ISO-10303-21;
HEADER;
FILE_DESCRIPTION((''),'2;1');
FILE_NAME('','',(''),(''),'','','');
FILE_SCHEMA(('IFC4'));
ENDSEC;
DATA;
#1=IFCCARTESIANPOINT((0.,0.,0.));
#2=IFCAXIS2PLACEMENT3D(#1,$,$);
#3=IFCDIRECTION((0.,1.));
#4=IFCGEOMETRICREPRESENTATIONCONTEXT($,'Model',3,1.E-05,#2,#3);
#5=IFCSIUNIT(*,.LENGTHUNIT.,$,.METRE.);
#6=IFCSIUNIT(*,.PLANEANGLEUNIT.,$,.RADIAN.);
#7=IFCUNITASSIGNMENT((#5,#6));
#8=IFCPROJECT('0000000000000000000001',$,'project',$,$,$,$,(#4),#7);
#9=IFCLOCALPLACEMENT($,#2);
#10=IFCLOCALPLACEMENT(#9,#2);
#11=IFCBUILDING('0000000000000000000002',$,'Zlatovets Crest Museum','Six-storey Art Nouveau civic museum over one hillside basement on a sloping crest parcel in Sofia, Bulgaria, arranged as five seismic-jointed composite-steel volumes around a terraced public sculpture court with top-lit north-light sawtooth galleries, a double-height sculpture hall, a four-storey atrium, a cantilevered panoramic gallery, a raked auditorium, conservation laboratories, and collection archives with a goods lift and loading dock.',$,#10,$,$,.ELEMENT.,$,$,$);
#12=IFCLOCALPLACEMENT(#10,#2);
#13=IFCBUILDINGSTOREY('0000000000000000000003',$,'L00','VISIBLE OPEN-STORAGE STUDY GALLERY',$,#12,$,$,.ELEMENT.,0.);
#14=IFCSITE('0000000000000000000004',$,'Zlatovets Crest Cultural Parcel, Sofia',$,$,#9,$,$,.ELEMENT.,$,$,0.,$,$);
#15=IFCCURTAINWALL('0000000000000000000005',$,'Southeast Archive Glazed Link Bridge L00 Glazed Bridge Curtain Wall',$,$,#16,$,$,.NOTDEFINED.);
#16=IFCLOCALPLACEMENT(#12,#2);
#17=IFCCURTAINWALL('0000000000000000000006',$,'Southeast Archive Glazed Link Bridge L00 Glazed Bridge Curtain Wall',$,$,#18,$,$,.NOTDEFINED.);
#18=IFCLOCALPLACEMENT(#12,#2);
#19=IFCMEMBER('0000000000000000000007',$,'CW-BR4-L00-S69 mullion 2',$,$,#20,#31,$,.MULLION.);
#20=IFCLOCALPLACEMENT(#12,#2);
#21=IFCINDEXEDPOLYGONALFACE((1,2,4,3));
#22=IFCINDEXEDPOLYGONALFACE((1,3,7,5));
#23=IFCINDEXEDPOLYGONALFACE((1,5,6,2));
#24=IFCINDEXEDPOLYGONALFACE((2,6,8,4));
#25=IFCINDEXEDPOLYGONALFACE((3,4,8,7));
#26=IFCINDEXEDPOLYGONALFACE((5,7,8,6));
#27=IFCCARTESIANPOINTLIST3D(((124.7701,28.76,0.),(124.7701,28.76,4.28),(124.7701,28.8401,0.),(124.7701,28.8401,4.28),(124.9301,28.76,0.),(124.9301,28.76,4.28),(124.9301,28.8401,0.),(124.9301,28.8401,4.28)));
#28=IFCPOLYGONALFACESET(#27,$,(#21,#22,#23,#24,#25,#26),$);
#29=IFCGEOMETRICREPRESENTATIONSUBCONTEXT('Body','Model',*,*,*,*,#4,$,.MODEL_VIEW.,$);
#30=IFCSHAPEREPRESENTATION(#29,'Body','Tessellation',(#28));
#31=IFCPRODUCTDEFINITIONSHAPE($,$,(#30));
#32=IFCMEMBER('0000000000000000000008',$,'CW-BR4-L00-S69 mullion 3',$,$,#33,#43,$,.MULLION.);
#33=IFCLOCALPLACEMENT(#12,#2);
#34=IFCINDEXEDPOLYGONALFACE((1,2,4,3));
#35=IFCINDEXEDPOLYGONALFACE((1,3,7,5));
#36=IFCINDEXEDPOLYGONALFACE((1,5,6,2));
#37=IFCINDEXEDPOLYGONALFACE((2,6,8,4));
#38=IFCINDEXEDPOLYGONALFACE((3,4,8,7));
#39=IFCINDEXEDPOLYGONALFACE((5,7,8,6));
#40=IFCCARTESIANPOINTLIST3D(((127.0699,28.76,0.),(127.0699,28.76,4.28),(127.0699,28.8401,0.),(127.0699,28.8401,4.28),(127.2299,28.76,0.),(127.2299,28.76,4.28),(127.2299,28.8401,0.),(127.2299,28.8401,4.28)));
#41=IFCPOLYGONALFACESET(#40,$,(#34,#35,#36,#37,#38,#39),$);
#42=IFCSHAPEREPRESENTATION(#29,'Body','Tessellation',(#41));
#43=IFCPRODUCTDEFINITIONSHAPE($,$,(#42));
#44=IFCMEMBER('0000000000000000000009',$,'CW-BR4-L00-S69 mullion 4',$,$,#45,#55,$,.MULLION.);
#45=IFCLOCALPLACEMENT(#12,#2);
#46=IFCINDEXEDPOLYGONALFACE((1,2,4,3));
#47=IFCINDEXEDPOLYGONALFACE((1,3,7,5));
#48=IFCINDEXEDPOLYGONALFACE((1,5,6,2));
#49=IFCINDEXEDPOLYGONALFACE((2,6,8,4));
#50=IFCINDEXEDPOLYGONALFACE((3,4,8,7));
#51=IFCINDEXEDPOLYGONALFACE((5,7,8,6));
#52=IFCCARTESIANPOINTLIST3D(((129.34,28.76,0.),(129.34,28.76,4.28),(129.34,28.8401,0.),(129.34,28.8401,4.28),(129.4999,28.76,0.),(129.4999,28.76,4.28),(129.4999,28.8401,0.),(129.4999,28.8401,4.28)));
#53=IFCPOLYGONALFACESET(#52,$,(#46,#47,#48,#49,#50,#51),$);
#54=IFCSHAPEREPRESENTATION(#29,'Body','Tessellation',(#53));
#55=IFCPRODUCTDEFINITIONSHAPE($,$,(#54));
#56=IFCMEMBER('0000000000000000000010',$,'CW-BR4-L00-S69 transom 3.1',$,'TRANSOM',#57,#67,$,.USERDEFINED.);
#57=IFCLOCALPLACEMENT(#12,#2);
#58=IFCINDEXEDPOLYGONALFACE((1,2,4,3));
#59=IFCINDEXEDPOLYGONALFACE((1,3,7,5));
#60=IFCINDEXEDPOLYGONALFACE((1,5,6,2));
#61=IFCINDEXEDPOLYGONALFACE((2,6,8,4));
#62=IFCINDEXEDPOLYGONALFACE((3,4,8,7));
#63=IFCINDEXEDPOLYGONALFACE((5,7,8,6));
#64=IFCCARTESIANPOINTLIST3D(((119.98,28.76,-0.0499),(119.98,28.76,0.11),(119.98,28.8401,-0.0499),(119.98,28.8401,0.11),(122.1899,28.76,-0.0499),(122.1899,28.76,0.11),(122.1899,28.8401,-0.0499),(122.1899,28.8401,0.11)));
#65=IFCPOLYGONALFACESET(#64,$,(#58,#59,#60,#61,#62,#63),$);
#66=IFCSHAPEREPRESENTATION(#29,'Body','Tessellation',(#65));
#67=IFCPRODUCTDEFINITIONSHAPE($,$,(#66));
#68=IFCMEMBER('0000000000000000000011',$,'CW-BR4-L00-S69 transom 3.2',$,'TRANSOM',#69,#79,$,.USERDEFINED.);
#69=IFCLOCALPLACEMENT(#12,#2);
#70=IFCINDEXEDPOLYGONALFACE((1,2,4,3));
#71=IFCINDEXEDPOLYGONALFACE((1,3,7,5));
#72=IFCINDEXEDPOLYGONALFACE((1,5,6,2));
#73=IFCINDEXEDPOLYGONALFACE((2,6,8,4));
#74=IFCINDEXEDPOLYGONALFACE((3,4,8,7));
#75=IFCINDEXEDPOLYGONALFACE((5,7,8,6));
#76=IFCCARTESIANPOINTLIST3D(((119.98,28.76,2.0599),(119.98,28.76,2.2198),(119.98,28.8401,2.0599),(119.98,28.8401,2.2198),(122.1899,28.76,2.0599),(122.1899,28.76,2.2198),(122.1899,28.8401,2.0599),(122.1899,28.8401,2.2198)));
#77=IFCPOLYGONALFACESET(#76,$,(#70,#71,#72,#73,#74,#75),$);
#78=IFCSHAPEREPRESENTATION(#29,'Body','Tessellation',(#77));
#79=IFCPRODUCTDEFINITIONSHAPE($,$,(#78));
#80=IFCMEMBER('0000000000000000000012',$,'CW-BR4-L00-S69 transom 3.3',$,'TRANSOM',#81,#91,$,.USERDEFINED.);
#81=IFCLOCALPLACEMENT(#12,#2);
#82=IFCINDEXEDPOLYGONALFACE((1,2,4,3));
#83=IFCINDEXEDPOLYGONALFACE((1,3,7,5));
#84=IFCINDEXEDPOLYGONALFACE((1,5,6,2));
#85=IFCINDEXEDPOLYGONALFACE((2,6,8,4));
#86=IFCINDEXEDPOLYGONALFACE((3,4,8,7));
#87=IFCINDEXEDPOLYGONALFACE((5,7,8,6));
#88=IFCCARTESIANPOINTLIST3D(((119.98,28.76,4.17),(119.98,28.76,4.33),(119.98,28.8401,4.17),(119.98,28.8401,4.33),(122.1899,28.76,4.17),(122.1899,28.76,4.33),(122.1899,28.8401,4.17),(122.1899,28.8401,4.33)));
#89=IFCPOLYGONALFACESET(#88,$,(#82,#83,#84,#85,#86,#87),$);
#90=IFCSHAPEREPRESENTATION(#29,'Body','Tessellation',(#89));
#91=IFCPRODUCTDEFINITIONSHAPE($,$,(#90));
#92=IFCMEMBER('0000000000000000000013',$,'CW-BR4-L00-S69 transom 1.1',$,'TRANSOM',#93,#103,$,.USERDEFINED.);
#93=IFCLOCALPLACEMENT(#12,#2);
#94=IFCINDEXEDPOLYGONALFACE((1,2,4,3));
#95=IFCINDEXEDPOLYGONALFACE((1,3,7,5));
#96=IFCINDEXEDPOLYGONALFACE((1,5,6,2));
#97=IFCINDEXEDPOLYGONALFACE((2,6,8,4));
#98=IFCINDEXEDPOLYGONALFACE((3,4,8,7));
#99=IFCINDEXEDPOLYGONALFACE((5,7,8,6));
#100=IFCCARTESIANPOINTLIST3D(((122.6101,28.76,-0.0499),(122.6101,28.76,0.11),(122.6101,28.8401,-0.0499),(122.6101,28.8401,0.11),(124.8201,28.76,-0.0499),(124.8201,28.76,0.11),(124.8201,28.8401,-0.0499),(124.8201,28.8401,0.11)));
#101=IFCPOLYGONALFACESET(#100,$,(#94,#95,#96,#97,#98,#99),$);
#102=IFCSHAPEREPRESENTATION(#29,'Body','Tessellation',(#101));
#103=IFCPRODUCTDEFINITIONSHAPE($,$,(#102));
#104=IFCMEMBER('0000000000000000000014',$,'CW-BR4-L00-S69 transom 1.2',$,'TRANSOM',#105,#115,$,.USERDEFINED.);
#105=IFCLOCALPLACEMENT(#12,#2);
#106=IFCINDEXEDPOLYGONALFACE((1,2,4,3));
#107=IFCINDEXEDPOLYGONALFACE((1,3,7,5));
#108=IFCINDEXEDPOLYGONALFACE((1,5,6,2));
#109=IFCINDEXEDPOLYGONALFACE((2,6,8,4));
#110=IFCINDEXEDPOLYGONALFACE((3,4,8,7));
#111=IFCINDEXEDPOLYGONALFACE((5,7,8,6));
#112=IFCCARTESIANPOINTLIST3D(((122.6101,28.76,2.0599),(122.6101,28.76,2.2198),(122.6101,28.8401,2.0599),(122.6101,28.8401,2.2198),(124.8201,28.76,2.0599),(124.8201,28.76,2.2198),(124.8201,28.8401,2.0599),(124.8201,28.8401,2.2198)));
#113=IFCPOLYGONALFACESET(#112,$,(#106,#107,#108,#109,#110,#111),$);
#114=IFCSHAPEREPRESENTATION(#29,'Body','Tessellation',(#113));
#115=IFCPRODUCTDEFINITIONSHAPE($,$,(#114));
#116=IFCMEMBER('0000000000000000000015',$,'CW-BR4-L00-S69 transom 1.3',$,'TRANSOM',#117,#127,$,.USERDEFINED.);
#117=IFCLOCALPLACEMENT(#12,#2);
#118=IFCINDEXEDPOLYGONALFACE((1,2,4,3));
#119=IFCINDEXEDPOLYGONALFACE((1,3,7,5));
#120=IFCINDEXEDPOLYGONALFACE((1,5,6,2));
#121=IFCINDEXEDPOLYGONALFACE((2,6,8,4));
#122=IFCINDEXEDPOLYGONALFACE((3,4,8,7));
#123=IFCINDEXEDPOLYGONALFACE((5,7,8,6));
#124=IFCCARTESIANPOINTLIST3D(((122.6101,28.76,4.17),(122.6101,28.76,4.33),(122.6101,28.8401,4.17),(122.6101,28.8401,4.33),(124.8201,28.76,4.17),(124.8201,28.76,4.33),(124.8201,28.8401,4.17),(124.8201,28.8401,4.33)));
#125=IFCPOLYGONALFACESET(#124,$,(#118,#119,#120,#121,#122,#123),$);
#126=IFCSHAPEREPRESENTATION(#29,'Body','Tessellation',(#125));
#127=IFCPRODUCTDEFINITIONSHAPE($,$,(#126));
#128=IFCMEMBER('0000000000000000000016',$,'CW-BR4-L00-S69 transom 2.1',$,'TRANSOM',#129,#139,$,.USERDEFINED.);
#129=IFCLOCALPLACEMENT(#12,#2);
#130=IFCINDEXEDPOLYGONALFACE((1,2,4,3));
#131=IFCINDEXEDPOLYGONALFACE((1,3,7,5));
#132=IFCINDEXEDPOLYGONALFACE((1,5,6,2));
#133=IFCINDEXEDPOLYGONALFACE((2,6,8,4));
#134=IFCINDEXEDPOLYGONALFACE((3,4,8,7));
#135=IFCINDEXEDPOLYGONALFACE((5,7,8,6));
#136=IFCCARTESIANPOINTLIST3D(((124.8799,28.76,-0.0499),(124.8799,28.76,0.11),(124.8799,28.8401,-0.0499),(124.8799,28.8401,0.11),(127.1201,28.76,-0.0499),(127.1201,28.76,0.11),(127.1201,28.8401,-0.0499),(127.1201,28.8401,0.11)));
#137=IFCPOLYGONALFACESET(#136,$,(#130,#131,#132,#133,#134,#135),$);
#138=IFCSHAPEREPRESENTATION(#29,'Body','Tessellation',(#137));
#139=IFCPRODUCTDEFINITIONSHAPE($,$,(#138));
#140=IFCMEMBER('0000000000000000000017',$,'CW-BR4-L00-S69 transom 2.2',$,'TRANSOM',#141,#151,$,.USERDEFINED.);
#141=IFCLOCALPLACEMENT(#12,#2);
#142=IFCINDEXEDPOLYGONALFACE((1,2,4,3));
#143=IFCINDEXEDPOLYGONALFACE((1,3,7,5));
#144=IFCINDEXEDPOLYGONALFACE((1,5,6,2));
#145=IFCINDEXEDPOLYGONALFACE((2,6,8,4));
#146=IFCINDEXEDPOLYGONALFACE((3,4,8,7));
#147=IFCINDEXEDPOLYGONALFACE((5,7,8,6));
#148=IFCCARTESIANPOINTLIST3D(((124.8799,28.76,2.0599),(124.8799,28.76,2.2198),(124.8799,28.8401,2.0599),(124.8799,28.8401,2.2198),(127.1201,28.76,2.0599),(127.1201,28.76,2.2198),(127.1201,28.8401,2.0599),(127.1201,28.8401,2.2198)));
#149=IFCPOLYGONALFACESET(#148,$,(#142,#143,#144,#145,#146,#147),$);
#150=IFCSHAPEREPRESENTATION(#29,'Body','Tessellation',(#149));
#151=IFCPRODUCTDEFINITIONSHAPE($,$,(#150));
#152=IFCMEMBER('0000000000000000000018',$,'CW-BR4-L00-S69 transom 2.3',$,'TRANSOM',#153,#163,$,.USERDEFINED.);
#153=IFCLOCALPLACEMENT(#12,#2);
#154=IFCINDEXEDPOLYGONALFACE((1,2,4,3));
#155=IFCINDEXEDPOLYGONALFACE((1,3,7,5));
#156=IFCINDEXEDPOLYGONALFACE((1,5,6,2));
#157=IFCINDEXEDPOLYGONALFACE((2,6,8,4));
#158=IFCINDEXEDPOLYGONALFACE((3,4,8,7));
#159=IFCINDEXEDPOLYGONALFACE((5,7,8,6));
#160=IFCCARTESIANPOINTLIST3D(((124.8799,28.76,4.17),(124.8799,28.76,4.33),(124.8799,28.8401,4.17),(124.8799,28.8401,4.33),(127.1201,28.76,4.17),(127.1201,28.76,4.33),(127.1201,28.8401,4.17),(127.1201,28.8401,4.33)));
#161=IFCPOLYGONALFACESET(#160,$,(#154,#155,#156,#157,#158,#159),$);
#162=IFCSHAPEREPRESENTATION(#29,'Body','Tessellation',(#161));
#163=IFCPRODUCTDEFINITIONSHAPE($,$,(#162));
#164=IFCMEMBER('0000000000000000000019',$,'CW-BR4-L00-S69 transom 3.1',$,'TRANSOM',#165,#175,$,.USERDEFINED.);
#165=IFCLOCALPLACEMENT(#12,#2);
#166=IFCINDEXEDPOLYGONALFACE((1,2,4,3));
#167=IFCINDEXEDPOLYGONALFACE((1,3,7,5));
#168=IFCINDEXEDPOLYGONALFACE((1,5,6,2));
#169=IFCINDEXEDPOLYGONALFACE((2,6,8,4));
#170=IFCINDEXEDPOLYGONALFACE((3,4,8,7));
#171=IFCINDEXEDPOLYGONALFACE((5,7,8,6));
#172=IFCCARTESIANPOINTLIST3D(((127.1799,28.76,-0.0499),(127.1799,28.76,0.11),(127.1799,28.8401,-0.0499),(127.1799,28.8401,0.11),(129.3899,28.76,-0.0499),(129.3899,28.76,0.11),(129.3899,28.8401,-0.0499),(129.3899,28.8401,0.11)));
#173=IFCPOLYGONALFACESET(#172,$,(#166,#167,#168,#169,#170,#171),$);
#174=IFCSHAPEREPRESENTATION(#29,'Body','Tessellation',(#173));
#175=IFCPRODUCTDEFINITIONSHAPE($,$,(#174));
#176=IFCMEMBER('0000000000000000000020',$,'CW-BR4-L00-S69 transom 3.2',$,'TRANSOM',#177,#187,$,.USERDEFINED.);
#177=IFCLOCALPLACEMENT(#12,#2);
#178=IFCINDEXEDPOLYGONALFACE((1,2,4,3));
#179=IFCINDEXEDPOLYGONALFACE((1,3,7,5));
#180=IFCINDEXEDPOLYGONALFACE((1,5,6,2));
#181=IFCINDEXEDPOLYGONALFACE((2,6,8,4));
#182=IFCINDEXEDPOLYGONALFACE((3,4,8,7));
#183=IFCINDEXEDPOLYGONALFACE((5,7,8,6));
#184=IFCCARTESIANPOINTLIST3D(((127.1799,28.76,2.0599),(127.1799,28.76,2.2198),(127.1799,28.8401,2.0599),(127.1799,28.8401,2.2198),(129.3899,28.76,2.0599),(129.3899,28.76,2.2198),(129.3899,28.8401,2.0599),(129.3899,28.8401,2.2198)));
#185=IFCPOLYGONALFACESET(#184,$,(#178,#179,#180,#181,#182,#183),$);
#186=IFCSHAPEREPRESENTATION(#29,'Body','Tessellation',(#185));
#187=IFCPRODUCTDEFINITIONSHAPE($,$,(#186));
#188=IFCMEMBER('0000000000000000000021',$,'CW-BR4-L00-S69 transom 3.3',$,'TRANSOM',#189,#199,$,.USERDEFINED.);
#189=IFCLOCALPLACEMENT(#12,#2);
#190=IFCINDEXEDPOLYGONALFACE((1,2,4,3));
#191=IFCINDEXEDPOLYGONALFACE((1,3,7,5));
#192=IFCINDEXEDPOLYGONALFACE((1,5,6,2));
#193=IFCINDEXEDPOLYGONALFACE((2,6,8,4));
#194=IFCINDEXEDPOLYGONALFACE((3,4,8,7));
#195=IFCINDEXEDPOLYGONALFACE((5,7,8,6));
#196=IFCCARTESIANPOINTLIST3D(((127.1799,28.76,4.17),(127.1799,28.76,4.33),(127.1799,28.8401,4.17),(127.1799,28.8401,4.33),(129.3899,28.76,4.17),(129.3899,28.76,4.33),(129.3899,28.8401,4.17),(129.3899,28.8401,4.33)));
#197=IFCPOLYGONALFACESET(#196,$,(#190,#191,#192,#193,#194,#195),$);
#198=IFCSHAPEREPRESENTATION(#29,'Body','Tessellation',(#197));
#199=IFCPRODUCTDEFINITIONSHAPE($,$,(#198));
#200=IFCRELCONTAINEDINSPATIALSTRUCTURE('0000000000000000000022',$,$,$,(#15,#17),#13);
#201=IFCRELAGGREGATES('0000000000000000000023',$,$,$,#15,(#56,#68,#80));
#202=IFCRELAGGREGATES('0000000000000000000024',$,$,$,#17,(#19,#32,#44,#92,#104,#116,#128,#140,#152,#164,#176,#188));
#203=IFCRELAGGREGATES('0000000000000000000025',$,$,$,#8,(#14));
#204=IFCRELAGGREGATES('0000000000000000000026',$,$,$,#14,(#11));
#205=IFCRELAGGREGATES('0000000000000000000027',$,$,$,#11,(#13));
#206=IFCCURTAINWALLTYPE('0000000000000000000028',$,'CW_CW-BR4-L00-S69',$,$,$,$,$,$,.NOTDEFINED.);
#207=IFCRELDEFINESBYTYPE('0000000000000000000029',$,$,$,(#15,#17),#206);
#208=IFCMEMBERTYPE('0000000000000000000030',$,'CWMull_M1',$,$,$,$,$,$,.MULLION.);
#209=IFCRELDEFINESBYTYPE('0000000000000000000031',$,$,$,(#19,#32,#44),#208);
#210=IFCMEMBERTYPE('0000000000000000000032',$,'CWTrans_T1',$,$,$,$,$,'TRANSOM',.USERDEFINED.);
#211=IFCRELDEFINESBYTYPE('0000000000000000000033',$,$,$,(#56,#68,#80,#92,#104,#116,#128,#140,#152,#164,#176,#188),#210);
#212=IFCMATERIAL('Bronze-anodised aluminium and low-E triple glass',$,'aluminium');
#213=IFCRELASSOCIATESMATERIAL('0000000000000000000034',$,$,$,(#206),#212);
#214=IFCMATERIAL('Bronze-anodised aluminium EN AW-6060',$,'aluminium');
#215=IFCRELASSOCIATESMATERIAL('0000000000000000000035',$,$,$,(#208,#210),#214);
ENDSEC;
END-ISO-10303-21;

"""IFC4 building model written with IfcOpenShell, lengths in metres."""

from ifc_helpers import new_model, si_unit, direction, frame, origin, origin_2d, place, context, subcontext, project, spatial, rectangle, extrude, material, material_profile, profile_set, type_object, element, aggregate, save


model = new_model("IFC4")

# Units and contexts
model_context = context("Model", 3, precision=1e-05, world=origin(), true_north=direction((0.0, 1.0)))
body_context = subcontext(model_context, "Body", "Model", "MODEL_VIEW")
ifc_project = project(units=[si_unit("LENGTHUNIT", "METRE"), si_unit("PLANEANGLEUNIT", "RADIAN")], contexts=[model_context])

# Site, building, storey
site_placement = place(None, origin())
site = spatial("IfcSite", under=ifc_project, at=site_placement, Name="Zlatovets Crest Cultural Parcel, Sofia", CompositionType="ELEMENT", RefElevation=0.0)
building_placement = place(site_placement, origin())
building = spatial("IfcBuilding", under=site, at=building_placement, Name="Zlatovets Crest Museum", Description="Six-storey Art Nouveau civic museum over one hillside basement on a sloping crest parcel in Sofia, Bulgaria, arranged as five seismic-jointed composite-steel volumes around a terraced public sculpture court with top-lit north-light sawtooth galleries, a double-height sculpture hall, a four-storey atrium, a cantilevered panoramic gallery, a raked auditorium, conservation laboratories, and collection archives with a goods lift and loading dock.", CompositionType="ELEMENT")
storey_placement = place(building_placement, origin())
storey = spatial("IfcBuildingStorey", under=building, at=storey_placement, Name="L00", Description="VISIBLE OPEN-STORAGE STUDY GALLERY", CompositionType="ELEMENT", Elevation=0.0)

# Curtain wall
ifc_material_1 = material(Name="Bronze-anodised aluminium and low-E triple glass", Category="aluminium")
curtain_wall_type = type_object("IfcCurtainWallType", Name="CW_CW-BR4-L00-S69", PredefinedType="NOTDEFINED", material=ifc_material_1)
curtain_wall_1_placement = place(storey_placement, origin())
curtain_wall_1 = element("IfcCurtainWall", 1, at=curtain_wall_1_placement, inside=storey, type_object=curtain_wall_type, Name="Southeast Archive Glazed Link Bridge L00 Glazed Bridge Curtain Wall", PredefinedType="NOTDEFINED")
ifc_material_2 = material(Name="Bronze-anodised aluminium EN AW-6060", Category="aluminium")
ifc_material_profile_1 = material_profile(ifc_material_2, rectangle(XDim=0.0801, YDim=0.1599, at=origin_2d()), Name="ALU 80x160")
ifc_profile_set_1 = profile_set([ifc_material_profile_1], Name="Bronze-anodised aluminium EN AW-6060")
member_type_1 = type_object("IfcMemberType", Name="CWMull_M1", PredefinedType="MULLION", material=ifc_profile_set_1)

# Curtain wall, members
curtain_wall_2_placement = place(storey_placement, origin())
curtain_wall_2 = element("IfcCurtainWall", 2, at=curtain_wall_2_placement, inside=storey, type_object=curtain_wall_type, Name="Southeast Archive Glazed Link Bridge L00 Glazed Bridge Curtain Wall", PredefinedType="NOTDEFINED")
member_1_placement = place(storey_placement, frame((124.8501, 28.8, 0.0), z_axis=(0.0, 0.0, 1.0), x_axis=(0.0, 1.0, 0.0)))
member_1 = element("IfcMember", 3, at=member_1_placement, type_object=member_type_1, Name="CW-BR4-L00-S69 mullion 2", PredefinedType="MULLION", context=body_context, shape_type="SweptSolid", body=[
    extrude(rectangle(XDim=0.0801, YDim=0.1599, at=origin_2d()), origin(), (0.0, 0.0, 1.0), 4.28),
])
member_2_placement = place(storey_placement, frame((127.1499, 28.8, 0.0), z_axis=(0.0, 0.0, 1.0), x_axis=(0.0, 1.0, 0.0)))
member_2 = element("IfcMember", 4, at=member_2_placement, type_object=member_type_1, Name="CW-BR4-L00-S69 mullion 3", PredefinedType="MULLION", context=body_context, shape_type="SweptSolid", body=[
    extrude(rectangle(XDim=0.0801, YDim=0.1599, at=origin_2d()), origin(), (0.0, 0.0, 1.0), 4.28),
])
member_3_placement = place(storey_placement, frame((129.4199, 28.8, 0.0), z_axis=(0.0, 0.0, 1.0), x_axis=(0.0, 1.0, 0.0)))
member_3 = element("IfcMember", 5, at=member_3_placement, type_object=member_type_1, Name="CW-BR4-L00-S69 mullion 4", PredefinedType="MULLION", context=body_context, shape_type="SweptSolid", body=[
    extrude(rectangle(XDim=0.0801, YDim=0.1599, at=origin_2d()), origin(), (0.0, 0.0, 1.0), 4.28),
])

# Members
ifc_material_profile_2 = material_profile(ifc_material_2, rectangle(XDim=0.0801, YDim=0.1599, at=origin_2d()), Name="ALU 80x160")
ifc_profile_set_2 = profile_set([ifc_material_profile_2], Name="Bronze-anodised aluminium EN AW-6060")
member_type_2 = type_object("IfcMemberType", Name="CWTrans_T1", ElementType="TRANSOM", PredefinedType="USERDEFINED", material=ifc_profile_set_2)
member_4_placement = place(storey_placement, frame((119.98, 28.8, 0.03), z_axis=(1.0, 0.0, 0.0), x_axis=(0.0, 1.0, 0.0)))
member_4 = element("IfcMember", 6, at=member_4_placement, type_object=member_type_2, Name="CW-BR4-L00-S69 transom 3.1", ObjectType="TRANSOM", PredefinedType="USERDEFINED", context=body_context, shape_type="SweptSolid", body=[
    extrude(rectangle(XDim=0.0801, YDim=0.1599, at=origin_2d()), origin(), (0.0, 0.0, 1.0), 2.21),
])
member_5_placement = place(storey_placement, frame((119.98, 28.8, 2.1399), z_axis=(1.0, 0.0, 0.0), x_axis=(0.0, 1.0, 0.0)))
member_5 = element("IfcMember", 7, at=member_5_placement, type_object=member_type_2, Name="CW-BR4-L00-S69 transom 3.2", ObjectType="TRANSOM", PredefinedType="USERDEFINED", context=body_context, shape_type="SweptSolid", body=[
    extrude(rectangle(XDim=0.0801, YDim=0.1599, at=origin_2d()), origin(), (0.0, 0.0, 1.0), 2.21),
])
member_6_placement = place(storey_placement, frame((119.98, 28.8, 4.25), z_axis=(1.0, 0.0, 0.0), x_axis=(0.0, 1.0, 0.0)))
member_6 = element("IfcMember", 8, at=member_6_placement, type_object=member_type_2, Name="CW-BR4-L00-S69 transom 3.3", ObjectType="TRANSOM", PredefinedType="USERDEFINED", context=body_context, shape_type="SweptSolid", body=[
    extrude(rectangle(XDim=0.0801, YDim=0.1599, at=origin_2d()), origin(), (0.0, 0.0, 1.0), 2.21),
])
member_7_placement = place(storey_placement, frame((122.6101, 28.8, 0.03), z_axis=(1.0, 0.0, 0.0), x_axis=(0.0, 1.0, 0.0)))
member_7 = element("IfcMember", 9, at=member_7_placement, type_object=member_type_2, Name="CW-BR4-L00-S69 transom 1.1", ObjectType="TRANSOM", PredefinedType="USERDEFINED", context=body_context, shape_type="SweptSolid", body=[
    extrude(rectangle(XDim=0.0801, YDim=0.1599, at=origin_2d()), origin(), (0.0, 0.0, 1.0), 2.21),
])
member_8_placement = place(storey_placement, frame((122.6101, 28.8, 2.1399), z_axis=(1.0, 0.0, 0.0), x_axis=(0.0, 1.0, 0.0)))
member_8 = element("IfcMember", 10, at=member_8_placement, type_object=member_type_2, Name="CW-BR4-L00-S69 transom 1.2", ObjectType="TRANSOM", PredefinedType="USERDEFINED", context=body_context, shape_type="SweptSolid", body=[
    extrude(rectangle(XDim=0.0801, YDim=0.1599, at=origin_2d()), origin(), (0.0, 0.0, 1.0), 2.21),
])
member_9_placement = place(storey_placement, frame((122.6101, 28.8, 4.25), z_axis=(1.0, 0.0, 0.0), x_axis=(0.0, 1.0, 0.0)))
member_9 = element("IfcMember", 11, at=member_9_placement, type_object=member_type_2, Name="CW-BR4-L00-S69 transom 1.3", ObjectType="TRANSOM", PredefinedType="USERDEFINED", context=body_context, shape_type="SweptSolid", body=[
    extrude(rectangle(XDim=0.0801, YDim=0.1599, at=origin_2d()), origin(), (0.0, 0.0, 1.0), 2.21),
])
member_10_placement = place(storey_placement, frame((124.8799, 28.8, 0.03), z_axis=(1.0, 0.0, 0.0), x_axis=(0.0, 1.0, 0.0)))
member_10 = element("IfcMember", 12, at=member_10_placement, type_object=member_type_2, Name="CW-BR4-L00-S69 transom 2.1", ObjectType="TRANSOM", PredefinedType="USERDEFINED", context=body_context, shape_type="SweptSolid", body=[
    extrude(rectangle(XDim=0.0801, YDim=0.1599, at=origin_2d()), origin(), (0.0, 0.0, 1.0), 2.2402),
])
member_11_placement = place(storey_placement, frame((124.8799, 28.8, 2.1399), z_axis=(1.0, 0.0, 0.0), x_axis=(0.0, 1.0, 0.0)))
member_11 = element("IfcMember", 13, at=member_11_placement, type_object=member_type_2, Name="CW-BR4-L00-S69 transom 2.2", ObjectType="TRANSOM", PredefinedType="USERDEFINED", context=body_context, shape_type="SweptSolid", body=[
    extrude(rectangle(XDim=0.0801, YDim=0.1599, at=origin_2d()), origin(), (0.0, 0.0, 1.0), 2.2402),
])
member_12_placement = place(storey_placement, frame((124.8799, 28.8, 4.25), z_axis=(1.0, 0.0, 0.0), x_axis=(0.0, 1.0, 0.0)))
member_12 = element("IfcMember", 14, at=member_12_placement, type_object=member_type_2, Name="CW-BR4-L00-S69 transom 2.3", ObjectType="TRANSOM", PredefinedType="USERDEFINED", context=body_context, shape_type="SweptSolid", body=[
    extrude(rectangle(XDim=0.0801, YDim=0.1599, at=origin_2d()), origin(), (0.0, 0.0, 1.0), 2.2402),
])
member_13_placement = place(storey_placement, frame((127.1799, 28.8, 0.03), z_axis=(1.0, 0.0, 0.0), x_axis=(0.0, 1.0, 0.0)))
member_13 = element("IfcMember", 15, at=member_13_placement, type_object=member_type_2, Name="CW-BR4-L00-S69 transom 3.1", ObjectType="TRANSOM", PredefinedType="USERDEFINED", context=body_context, shape_type="SweptSolid", body=[
    extrude(rectangle(XDim=0.0801, YDim=0.1599, at=origin_2d()), origin(), (0.0, 0.0, 1.0), 2.21),
])
member_14_placement = place(storey_placement, frame((127.1799, 28.8, 2.1399), z_axis=(1.0, 0.0, 0.0), x_axis=(0.0, 1.0, 0.0)))
member_14 = element("IfcMember", 16, at=member_14_placement, type_object=member_type_2, Name="CW-BR4-L00-S69 transom 3.2", ObjectType="TRANSOM", PredefinedType="USERDEFINED", context=body_context, shape_type="SweptSolid", body=[
    extrude(rectangle(XDim=0.0801, YDim=0.1599, at=origin_2d()), origin(), (0.0, 0.0, 1.0), 2.21),
])
member_15_placement = place(storey_placement, frame((127.1799, 28.8, 4.25), z_axis=(1.0, 0.0, 0.0), x_axis=(0.0, 1.0, 0.0)))
member_15 = element("IfcMember", 17, at=member_15_placement, type_object=member_type_2, Name="CW-BR4-L00-S69 transom 3.3", ObjectType="TRANSOM", PredefinedType="USERDEFINED", context=body_context, shape_type="SweptSolid", body=[
    extrude(rectangle(XDim=0.0801, YDim=0.1599, at=origin_2d()), origin(), (0.0, 0.0, 1.0), 2.21),
])

aggregate(curtain_wall_1, [member_4, member_5, member_6])
aggregate(curtain_wall_2, [member_1, member_2, member_3, member_7, member_8, member_9, member_10, member_11, member_12, member_13, member_14, member_15])

save(model, "model.ifc")
